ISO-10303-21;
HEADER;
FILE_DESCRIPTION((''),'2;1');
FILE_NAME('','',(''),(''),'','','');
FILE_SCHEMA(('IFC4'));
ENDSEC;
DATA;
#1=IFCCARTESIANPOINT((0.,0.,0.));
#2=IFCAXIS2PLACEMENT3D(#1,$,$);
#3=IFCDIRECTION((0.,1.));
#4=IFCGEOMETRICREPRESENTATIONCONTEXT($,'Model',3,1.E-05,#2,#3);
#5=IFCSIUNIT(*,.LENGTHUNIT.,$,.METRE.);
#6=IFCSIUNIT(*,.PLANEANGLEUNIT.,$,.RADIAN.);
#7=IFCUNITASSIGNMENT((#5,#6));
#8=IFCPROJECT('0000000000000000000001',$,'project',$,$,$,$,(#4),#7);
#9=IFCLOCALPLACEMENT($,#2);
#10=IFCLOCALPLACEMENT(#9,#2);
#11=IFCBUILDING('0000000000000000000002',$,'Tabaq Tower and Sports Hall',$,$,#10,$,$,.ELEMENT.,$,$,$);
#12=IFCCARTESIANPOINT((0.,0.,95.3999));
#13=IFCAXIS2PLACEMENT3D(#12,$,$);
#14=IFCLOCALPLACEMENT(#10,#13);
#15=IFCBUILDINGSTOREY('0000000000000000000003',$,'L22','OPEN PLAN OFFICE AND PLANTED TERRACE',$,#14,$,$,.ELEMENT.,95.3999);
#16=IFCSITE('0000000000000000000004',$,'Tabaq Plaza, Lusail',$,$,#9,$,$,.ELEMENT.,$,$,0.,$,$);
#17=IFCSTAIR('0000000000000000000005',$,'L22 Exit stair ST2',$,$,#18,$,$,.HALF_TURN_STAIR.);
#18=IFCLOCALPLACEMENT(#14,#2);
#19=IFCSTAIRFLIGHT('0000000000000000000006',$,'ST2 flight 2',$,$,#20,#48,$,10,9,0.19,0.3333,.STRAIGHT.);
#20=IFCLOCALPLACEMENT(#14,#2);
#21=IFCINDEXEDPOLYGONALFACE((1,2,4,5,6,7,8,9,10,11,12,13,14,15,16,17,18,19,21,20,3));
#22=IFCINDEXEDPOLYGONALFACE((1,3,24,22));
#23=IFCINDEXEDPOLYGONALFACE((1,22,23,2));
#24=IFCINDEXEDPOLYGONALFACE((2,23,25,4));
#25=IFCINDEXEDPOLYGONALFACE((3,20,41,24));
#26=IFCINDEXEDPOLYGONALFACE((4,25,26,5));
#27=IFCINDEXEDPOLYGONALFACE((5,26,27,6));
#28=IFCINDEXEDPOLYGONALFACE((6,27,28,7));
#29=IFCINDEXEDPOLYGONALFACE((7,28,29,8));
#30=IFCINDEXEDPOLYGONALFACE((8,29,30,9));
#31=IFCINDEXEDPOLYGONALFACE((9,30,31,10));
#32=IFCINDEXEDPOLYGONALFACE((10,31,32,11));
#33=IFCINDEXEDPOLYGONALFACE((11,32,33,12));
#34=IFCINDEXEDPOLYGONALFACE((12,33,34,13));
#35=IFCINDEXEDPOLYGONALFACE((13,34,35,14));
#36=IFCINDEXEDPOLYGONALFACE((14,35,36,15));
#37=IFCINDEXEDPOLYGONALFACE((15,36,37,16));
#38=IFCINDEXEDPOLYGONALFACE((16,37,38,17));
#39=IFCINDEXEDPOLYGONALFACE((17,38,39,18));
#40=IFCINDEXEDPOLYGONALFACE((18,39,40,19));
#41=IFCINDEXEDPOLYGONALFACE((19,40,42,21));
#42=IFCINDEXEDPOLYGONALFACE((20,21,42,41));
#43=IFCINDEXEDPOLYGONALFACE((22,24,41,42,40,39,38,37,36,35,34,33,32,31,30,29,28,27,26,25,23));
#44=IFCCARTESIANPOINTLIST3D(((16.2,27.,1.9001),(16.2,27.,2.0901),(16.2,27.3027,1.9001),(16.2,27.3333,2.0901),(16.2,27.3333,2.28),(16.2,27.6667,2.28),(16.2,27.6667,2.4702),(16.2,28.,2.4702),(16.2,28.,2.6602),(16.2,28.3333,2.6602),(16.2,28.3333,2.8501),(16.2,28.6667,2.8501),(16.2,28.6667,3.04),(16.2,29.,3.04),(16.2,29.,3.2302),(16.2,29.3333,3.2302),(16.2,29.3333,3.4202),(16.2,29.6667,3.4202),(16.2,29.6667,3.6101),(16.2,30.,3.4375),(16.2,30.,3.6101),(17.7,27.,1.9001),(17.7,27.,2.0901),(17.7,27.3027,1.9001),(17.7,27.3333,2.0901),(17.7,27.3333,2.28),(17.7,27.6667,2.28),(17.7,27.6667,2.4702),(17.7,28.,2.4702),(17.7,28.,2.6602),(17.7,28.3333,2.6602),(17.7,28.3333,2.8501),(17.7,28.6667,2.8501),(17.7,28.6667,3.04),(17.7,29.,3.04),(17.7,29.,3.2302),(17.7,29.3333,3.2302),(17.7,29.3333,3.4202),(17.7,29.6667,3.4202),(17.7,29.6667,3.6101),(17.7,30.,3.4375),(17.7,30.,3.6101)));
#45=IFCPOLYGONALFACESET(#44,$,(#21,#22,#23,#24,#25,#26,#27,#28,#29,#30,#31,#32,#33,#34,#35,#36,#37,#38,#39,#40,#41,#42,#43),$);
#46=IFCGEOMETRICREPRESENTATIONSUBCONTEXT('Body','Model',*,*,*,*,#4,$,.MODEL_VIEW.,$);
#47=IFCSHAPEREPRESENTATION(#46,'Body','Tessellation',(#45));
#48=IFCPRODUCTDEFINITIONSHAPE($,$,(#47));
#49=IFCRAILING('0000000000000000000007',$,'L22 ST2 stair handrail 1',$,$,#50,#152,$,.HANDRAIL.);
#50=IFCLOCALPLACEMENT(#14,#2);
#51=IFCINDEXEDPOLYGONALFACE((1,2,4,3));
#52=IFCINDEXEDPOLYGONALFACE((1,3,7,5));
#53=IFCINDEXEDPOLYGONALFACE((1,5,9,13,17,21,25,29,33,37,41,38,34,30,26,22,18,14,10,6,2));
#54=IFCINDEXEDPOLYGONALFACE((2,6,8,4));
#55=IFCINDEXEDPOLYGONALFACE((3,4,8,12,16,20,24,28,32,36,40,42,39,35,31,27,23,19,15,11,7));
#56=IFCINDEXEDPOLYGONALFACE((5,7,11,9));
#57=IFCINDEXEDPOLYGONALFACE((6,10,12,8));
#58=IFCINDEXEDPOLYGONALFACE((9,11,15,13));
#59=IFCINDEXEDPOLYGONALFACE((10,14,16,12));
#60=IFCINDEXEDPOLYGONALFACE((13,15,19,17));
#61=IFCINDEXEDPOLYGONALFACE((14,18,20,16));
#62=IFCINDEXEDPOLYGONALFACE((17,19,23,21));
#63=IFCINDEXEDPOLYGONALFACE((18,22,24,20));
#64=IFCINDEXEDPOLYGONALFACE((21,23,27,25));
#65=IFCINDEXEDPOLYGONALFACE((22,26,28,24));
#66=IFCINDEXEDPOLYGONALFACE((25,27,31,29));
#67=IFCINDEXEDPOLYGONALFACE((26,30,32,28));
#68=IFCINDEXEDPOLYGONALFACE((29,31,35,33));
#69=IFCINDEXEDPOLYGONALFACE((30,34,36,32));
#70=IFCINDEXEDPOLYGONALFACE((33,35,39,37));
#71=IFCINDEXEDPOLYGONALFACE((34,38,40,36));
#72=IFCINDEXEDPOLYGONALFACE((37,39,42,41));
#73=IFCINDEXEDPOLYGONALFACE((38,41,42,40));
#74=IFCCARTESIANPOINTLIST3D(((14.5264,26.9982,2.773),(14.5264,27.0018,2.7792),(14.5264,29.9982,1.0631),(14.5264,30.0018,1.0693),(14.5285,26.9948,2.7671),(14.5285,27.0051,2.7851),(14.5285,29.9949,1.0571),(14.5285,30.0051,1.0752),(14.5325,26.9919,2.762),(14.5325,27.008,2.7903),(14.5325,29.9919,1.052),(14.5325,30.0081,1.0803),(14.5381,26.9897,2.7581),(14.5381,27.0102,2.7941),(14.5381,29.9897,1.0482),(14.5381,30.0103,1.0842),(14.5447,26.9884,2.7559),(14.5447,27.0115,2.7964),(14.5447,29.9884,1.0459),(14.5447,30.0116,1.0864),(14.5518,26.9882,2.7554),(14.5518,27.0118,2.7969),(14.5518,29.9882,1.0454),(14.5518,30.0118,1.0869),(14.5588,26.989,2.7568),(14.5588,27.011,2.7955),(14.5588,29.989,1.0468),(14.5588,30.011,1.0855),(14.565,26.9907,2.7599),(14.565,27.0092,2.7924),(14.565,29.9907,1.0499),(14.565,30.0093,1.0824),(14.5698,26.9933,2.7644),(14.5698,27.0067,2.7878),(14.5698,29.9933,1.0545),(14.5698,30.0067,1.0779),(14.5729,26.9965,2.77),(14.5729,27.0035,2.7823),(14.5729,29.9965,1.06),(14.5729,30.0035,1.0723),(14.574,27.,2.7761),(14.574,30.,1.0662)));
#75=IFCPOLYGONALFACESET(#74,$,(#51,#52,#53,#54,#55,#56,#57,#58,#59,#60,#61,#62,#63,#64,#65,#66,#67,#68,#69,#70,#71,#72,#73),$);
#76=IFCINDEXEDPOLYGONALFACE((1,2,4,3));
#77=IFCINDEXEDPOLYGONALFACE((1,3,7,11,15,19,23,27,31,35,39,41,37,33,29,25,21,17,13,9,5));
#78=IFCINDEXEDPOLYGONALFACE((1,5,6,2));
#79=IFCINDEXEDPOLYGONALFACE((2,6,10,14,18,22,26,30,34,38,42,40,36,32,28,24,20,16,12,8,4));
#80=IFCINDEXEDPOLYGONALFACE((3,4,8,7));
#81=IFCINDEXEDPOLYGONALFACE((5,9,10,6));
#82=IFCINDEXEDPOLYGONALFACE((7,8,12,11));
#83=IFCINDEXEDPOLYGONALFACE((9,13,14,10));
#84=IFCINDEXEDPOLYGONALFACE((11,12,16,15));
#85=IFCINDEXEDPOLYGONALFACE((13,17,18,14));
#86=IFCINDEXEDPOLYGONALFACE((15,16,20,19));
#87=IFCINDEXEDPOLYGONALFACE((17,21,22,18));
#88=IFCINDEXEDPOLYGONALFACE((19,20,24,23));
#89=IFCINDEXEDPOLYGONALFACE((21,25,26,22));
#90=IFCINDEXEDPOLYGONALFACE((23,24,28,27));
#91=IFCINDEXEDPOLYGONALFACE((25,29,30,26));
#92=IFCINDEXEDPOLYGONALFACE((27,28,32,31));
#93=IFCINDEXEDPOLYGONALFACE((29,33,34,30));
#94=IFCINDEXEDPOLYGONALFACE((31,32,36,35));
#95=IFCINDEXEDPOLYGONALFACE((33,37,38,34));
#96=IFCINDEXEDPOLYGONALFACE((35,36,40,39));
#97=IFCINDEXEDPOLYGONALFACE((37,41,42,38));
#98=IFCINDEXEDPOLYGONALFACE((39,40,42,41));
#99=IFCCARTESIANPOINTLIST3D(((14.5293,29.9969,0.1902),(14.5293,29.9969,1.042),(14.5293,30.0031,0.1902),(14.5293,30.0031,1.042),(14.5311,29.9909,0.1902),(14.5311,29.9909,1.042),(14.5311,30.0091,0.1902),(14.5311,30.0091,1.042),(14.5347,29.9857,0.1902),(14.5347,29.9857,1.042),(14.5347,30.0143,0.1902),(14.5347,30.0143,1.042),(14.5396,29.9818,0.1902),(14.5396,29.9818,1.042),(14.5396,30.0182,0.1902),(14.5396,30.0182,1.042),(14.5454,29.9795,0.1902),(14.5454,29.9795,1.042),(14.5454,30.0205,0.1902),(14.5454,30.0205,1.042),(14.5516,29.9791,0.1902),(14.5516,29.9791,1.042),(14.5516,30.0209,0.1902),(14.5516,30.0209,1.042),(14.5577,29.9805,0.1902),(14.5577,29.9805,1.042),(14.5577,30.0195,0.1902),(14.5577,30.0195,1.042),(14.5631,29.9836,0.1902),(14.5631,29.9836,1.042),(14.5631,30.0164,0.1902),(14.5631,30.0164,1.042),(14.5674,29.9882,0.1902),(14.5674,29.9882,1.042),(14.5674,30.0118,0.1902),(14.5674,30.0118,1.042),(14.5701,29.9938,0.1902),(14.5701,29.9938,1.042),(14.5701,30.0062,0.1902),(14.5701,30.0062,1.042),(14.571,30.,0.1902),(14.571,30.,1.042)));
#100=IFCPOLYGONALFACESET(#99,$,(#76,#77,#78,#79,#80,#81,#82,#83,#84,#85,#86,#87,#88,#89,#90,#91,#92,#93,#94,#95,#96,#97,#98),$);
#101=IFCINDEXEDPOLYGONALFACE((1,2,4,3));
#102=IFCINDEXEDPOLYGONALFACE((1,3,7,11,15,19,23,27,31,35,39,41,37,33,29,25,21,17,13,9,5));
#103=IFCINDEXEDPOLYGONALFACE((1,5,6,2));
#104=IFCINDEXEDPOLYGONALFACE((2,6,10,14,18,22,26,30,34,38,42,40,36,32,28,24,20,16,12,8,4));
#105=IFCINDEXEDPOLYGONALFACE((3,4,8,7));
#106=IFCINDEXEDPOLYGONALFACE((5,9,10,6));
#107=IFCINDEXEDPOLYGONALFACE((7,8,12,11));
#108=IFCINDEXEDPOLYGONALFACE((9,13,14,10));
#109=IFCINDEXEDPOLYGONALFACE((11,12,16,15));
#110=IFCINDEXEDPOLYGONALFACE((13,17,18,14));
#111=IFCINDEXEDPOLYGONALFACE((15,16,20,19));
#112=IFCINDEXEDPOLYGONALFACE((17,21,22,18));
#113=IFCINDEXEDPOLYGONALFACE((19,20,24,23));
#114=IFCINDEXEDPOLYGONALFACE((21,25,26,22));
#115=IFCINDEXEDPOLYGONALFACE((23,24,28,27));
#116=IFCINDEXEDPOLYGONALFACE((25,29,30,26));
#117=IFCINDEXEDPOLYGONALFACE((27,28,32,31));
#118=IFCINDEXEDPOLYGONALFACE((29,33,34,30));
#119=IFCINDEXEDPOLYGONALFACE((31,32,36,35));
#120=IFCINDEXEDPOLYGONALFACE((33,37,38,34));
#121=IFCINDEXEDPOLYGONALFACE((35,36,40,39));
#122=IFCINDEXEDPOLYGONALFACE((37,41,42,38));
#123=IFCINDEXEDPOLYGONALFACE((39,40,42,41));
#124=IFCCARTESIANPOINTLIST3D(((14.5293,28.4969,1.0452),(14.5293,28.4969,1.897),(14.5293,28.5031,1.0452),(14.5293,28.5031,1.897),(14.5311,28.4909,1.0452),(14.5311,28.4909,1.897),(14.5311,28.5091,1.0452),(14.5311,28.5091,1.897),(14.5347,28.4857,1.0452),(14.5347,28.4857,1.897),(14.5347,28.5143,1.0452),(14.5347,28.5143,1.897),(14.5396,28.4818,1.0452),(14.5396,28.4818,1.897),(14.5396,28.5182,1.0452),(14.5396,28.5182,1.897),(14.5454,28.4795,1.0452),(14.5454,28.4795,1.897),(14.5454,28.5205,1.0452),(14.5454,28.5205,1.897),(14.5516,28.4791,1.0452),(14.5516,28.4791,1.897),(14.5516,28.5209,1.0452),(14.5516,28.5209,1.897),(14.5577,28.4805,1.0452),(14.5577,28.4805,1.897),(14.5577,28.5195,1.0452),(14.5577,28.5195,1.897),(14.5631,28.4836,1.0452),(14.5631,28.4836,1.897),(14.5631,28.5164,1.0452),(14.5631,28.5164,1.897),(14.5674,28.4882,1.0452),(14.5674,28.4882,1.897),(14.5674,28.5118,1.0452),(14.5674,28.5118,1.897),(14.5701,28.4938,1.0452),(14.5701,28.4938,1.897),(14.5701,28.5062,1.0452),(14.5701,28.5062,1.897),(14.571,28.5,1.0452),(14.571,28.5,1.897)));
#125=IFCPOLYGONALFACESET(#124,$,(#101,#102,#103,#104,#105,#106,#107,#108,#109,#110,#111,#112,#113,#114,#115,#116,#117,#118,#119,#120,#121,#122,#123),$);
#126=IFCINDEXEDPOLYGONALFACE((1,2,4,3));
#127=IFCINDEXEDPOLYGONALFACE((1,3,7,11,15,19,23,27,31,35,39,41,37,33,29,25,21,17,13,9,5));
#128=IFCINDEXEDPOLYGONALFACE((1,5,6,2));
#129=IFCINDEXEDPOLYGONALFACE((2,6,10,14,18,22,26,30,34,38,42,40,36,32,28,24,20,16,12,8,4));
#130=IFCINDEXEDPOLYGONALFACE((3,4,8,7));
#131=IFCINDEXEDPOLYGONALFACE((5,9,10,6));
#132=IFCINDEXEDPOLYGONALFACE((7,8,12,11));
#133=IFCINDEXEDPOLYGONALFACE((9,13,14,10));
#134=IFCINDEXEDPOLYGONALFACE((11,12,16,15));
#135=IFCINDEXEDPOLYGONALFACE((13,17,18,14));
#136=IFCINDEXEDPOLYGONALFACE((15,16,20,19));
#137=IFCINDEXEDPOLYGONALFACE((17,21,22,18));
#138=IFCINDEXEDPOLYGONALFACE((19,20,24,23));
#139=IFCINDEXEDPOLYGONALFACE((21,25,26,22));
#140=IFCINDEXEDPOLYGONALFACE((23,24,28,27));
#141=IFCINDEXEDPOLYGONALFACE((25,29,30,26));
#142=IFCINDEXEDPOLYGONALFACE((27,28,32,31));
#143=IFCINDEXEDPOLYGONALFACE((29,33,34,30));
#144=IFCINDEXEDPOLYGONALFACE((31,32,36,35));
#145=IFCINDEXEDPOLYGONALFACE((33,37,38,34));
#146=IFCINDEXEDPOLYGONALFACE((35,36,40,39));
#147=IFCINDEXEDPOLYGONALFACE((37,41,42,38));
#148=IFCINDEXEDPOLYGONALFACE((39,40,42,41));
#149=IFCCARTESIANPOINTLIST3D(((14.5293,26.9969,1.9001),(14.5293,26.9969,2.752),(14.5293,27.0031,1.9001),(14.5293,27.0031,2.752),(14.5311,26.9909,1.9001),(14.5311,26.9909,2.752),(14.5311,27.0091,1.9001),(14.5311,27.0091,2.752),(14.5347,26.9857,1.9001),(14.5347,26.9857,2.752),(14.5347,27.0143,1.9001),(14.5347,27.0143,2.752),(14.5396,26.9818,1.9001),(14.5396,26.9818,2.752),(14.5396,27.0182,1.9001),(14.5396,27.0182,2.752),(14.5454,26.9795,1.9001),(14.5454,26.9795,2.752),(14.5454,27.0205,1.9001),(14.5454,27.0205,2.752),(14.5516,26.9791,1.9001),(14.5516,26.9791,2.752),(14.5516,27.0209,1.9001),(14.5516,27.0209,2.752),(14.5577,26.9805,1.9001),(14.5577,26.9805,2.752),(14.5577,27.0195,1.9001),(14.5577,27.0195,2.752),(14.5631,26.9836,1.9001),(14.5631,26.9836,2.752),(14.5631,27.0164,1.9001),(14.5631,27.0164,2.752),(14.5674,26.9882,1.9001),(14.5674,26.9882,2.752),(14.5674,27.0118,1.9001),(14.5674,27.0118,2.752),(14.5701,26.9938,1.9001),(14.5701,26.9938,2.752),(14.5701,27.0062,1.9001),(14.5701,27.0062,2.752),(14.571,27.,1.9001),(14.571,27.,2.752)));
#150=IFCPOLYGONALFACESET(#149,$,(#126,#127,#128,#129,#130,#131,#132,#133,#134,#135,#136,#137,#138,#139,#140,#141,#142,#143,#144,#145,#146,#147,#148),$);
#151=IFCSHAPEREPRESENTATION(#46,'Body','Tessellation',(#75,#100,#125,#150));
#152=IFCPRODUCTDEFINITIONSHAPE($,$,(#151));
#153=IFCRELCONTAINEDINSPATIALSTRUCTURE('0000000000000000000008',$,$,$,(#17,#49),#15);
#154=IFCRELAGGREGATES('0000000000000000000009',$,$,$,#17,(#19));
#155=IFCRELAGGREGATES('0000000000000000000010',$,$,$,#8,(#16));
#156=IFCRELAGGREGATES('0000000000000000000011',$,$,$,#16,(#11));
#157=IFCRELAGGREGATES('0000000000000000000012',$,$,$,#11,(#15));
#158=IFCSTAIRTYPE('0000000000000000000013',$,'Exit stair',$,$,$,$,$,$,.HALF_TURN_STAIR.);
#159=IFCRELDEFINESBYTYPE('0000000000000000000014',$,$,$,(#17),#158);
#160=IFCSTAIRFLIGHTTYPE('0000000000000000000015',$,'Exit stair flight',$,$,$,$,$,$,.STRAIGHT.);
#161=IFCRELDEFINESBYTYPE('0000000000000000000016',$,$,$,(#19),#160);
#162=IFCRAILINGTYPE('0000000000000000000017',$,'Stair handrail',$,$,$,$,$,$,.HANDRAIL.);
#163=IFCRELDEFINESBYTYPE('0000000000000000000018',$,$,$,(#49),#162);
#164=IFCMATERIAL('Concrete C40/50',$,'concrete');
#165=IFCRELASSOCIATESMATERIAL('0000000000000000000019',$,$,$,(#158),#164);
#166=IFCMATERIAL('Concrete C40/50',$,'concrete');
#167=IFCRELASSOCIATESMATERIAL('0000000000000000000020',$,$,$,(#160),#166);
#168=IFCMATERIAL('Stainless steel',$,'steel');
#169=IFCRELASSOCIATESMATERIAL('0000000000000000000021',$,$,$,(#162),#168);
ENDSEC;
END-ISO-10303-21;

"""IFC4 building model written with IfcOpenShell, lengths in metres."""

from ifc_helpers import new_model, si_unit, direction, frame, origin, origin_2d, place, context, subcontext, project, spatial, polyline, circle, outline, extrude, material, type_object, element, aggregate, save


model = new_model("IFC4")

# Units and contexts
model_context = context("Model", 3, precision=1e-05, world=origin(), true_north=direction((0.0, 1.0)))
body_context = subcontext(model_context, "Body", "Model", "MODEL_VIEW")
ifc_project = project(units=[si_unit("LENGTHUNIT", "METRE"), si_unit("PLANEANGLEUNIT", "RADIAN")], contexts=[model_context])

# Site, building, storey
site_placement = place(None, origin())
site = spatial("IfcSite", under=ifc_project, at=site_placement, Name="Tabaq Plaza, Lusail", CompositionType="ELEMENT", RefElevation=0.0)
building_placement = place(site_placement, origin())
building = spatial("IfcBuilding", under=site, at=building_placement, Name="Tabaq Tower and Sports Hall", CompositionType="ELEMENT")
storey_placement = place(building_placement, frame((0.0, 0.0, 95.3999)))
storey = spatial("IfcBuildingStorey", under=building, at=storey_placement, Name="L22", Description="OPEN PLAN OFFICE AND PLANTED TERRACE", CompositionType="ELEMENT", Elevation=95.3999)

# Stair, stair flight
ifc_material_1 = material(Name="Concrete C40/50", Category="concrete")
stair_type = type_object("IfcStairType", Name="Exit stair", PredefinedType="HALF_TURN_STAIR", material=ifc_material_1)
stair_placement = place(storey_placement, origin())
stair = element("IfcStair", 1, at=stair_placement, inside=storey, type_object=stair_type, Name="L22 Exit stair ST2", PredefinedType="HALF_TURN_STAIR")
ifc_material_2 = material(Name="Concrete C40/50", Category="concrete")
stair_flight_type = type_object("IfcStairFlightType", Name="Exit stair flight", PredefinedType="STRAIGHT", material=ifc_material_2)
stair_flight_1_placement = place(storey_placement, frame((16.95, 27.0, 1.9001), z_axis=(0.0, 0.0, 1.0), x_axis=(0.0, 1.0, 0.0)))
stair_flight_1 = element("IfcStairFlight", 2, at=stair_flight_1_placement, type_object=stair_flight_type, Name="ST2 flight 2", NumberOfRisers=10, NumberOfTreads=9, PredefinedType="STRAIGHT", RiserHeight=0.19, TreadLength=0.3333, context=body_context, shape_type="SweptSolid", body=[
    extrude(outline(polyline([(0.0, 0.0), (0.0, 0.1899), (0.3333, 0.1899), (0.3333, 0.3799), (0.6667, 0.3799), (0.6667, 0.5701), (1.0, 0.5701), (1.0, 0.76), (1.3333, 0.76), (1.3333, 0.95), (1.6667, 0.95), (1.6667, 1.1399), (2.0, 1.1399), (2.0, 1.3301), (2.3333, 1.3301), (2.3333, 1.52), (2.6667, 1.52), (2.6667, 1.71), (3.0, 1.71), (3.0, 1.8999), (3.0, 1.5374), (0.3027, 0.0), (0.0, 0.0)])), frame((0.0, 0.75, 0.0), z_axis=(0.0, -1.0, 0.0), x_axis=(1.0, 0.0, 0.0)), (0.0, 0.0, 1.0), 1.5),
])
aggregate(stair, [stair_flight_1])

# Railing
ifc_material_3 = material(Name="Stainless steel", Category="steel")
railing_type_1 = type_object("IfcRailingType", Name="Stair handrail", PredefinedType="HANDRAIL", material=ifc_material_3)
railing_1_placement = place(storey_placement, frame((14.55, 30.0, 0.1902)))
element("IfcRailing", 3, at=railing_1_placement, inside=storey, type_object=railing_type_1, Name="L22 ST2 stair handrail 1", PredefinedType="HANDRAIL", context=body_context, shape_type="SweptSolid", body=[
    extrude(circle(Radius=0.0239, at=origin_2d()), frame((0.0, 0.0, 0.876), z_axis=(0.0, -0.868782, 0.495195), x_axis=(1.0, 0.0, 0.0)), (0.0, 0.0, 1.0), 3.4531),
    extrude(circle(Radius=0.021, at=origin_2d()), origin(), (0.0, 0.0, 1.0), 0.8518),
    extrude(circle(Radius=0.021, at=origin_2d()), frame((0.0, -1.5, 0.855)), (0.0, 0.0, 1.0), 0.8518),
    extrude(circle(Radius=0.021, at=origin_2d()), frame((0.0, -3.0, 1.71)), (0.0, 0.0, 1.0), 0.8518),
])

save(model, "model.ifc")
